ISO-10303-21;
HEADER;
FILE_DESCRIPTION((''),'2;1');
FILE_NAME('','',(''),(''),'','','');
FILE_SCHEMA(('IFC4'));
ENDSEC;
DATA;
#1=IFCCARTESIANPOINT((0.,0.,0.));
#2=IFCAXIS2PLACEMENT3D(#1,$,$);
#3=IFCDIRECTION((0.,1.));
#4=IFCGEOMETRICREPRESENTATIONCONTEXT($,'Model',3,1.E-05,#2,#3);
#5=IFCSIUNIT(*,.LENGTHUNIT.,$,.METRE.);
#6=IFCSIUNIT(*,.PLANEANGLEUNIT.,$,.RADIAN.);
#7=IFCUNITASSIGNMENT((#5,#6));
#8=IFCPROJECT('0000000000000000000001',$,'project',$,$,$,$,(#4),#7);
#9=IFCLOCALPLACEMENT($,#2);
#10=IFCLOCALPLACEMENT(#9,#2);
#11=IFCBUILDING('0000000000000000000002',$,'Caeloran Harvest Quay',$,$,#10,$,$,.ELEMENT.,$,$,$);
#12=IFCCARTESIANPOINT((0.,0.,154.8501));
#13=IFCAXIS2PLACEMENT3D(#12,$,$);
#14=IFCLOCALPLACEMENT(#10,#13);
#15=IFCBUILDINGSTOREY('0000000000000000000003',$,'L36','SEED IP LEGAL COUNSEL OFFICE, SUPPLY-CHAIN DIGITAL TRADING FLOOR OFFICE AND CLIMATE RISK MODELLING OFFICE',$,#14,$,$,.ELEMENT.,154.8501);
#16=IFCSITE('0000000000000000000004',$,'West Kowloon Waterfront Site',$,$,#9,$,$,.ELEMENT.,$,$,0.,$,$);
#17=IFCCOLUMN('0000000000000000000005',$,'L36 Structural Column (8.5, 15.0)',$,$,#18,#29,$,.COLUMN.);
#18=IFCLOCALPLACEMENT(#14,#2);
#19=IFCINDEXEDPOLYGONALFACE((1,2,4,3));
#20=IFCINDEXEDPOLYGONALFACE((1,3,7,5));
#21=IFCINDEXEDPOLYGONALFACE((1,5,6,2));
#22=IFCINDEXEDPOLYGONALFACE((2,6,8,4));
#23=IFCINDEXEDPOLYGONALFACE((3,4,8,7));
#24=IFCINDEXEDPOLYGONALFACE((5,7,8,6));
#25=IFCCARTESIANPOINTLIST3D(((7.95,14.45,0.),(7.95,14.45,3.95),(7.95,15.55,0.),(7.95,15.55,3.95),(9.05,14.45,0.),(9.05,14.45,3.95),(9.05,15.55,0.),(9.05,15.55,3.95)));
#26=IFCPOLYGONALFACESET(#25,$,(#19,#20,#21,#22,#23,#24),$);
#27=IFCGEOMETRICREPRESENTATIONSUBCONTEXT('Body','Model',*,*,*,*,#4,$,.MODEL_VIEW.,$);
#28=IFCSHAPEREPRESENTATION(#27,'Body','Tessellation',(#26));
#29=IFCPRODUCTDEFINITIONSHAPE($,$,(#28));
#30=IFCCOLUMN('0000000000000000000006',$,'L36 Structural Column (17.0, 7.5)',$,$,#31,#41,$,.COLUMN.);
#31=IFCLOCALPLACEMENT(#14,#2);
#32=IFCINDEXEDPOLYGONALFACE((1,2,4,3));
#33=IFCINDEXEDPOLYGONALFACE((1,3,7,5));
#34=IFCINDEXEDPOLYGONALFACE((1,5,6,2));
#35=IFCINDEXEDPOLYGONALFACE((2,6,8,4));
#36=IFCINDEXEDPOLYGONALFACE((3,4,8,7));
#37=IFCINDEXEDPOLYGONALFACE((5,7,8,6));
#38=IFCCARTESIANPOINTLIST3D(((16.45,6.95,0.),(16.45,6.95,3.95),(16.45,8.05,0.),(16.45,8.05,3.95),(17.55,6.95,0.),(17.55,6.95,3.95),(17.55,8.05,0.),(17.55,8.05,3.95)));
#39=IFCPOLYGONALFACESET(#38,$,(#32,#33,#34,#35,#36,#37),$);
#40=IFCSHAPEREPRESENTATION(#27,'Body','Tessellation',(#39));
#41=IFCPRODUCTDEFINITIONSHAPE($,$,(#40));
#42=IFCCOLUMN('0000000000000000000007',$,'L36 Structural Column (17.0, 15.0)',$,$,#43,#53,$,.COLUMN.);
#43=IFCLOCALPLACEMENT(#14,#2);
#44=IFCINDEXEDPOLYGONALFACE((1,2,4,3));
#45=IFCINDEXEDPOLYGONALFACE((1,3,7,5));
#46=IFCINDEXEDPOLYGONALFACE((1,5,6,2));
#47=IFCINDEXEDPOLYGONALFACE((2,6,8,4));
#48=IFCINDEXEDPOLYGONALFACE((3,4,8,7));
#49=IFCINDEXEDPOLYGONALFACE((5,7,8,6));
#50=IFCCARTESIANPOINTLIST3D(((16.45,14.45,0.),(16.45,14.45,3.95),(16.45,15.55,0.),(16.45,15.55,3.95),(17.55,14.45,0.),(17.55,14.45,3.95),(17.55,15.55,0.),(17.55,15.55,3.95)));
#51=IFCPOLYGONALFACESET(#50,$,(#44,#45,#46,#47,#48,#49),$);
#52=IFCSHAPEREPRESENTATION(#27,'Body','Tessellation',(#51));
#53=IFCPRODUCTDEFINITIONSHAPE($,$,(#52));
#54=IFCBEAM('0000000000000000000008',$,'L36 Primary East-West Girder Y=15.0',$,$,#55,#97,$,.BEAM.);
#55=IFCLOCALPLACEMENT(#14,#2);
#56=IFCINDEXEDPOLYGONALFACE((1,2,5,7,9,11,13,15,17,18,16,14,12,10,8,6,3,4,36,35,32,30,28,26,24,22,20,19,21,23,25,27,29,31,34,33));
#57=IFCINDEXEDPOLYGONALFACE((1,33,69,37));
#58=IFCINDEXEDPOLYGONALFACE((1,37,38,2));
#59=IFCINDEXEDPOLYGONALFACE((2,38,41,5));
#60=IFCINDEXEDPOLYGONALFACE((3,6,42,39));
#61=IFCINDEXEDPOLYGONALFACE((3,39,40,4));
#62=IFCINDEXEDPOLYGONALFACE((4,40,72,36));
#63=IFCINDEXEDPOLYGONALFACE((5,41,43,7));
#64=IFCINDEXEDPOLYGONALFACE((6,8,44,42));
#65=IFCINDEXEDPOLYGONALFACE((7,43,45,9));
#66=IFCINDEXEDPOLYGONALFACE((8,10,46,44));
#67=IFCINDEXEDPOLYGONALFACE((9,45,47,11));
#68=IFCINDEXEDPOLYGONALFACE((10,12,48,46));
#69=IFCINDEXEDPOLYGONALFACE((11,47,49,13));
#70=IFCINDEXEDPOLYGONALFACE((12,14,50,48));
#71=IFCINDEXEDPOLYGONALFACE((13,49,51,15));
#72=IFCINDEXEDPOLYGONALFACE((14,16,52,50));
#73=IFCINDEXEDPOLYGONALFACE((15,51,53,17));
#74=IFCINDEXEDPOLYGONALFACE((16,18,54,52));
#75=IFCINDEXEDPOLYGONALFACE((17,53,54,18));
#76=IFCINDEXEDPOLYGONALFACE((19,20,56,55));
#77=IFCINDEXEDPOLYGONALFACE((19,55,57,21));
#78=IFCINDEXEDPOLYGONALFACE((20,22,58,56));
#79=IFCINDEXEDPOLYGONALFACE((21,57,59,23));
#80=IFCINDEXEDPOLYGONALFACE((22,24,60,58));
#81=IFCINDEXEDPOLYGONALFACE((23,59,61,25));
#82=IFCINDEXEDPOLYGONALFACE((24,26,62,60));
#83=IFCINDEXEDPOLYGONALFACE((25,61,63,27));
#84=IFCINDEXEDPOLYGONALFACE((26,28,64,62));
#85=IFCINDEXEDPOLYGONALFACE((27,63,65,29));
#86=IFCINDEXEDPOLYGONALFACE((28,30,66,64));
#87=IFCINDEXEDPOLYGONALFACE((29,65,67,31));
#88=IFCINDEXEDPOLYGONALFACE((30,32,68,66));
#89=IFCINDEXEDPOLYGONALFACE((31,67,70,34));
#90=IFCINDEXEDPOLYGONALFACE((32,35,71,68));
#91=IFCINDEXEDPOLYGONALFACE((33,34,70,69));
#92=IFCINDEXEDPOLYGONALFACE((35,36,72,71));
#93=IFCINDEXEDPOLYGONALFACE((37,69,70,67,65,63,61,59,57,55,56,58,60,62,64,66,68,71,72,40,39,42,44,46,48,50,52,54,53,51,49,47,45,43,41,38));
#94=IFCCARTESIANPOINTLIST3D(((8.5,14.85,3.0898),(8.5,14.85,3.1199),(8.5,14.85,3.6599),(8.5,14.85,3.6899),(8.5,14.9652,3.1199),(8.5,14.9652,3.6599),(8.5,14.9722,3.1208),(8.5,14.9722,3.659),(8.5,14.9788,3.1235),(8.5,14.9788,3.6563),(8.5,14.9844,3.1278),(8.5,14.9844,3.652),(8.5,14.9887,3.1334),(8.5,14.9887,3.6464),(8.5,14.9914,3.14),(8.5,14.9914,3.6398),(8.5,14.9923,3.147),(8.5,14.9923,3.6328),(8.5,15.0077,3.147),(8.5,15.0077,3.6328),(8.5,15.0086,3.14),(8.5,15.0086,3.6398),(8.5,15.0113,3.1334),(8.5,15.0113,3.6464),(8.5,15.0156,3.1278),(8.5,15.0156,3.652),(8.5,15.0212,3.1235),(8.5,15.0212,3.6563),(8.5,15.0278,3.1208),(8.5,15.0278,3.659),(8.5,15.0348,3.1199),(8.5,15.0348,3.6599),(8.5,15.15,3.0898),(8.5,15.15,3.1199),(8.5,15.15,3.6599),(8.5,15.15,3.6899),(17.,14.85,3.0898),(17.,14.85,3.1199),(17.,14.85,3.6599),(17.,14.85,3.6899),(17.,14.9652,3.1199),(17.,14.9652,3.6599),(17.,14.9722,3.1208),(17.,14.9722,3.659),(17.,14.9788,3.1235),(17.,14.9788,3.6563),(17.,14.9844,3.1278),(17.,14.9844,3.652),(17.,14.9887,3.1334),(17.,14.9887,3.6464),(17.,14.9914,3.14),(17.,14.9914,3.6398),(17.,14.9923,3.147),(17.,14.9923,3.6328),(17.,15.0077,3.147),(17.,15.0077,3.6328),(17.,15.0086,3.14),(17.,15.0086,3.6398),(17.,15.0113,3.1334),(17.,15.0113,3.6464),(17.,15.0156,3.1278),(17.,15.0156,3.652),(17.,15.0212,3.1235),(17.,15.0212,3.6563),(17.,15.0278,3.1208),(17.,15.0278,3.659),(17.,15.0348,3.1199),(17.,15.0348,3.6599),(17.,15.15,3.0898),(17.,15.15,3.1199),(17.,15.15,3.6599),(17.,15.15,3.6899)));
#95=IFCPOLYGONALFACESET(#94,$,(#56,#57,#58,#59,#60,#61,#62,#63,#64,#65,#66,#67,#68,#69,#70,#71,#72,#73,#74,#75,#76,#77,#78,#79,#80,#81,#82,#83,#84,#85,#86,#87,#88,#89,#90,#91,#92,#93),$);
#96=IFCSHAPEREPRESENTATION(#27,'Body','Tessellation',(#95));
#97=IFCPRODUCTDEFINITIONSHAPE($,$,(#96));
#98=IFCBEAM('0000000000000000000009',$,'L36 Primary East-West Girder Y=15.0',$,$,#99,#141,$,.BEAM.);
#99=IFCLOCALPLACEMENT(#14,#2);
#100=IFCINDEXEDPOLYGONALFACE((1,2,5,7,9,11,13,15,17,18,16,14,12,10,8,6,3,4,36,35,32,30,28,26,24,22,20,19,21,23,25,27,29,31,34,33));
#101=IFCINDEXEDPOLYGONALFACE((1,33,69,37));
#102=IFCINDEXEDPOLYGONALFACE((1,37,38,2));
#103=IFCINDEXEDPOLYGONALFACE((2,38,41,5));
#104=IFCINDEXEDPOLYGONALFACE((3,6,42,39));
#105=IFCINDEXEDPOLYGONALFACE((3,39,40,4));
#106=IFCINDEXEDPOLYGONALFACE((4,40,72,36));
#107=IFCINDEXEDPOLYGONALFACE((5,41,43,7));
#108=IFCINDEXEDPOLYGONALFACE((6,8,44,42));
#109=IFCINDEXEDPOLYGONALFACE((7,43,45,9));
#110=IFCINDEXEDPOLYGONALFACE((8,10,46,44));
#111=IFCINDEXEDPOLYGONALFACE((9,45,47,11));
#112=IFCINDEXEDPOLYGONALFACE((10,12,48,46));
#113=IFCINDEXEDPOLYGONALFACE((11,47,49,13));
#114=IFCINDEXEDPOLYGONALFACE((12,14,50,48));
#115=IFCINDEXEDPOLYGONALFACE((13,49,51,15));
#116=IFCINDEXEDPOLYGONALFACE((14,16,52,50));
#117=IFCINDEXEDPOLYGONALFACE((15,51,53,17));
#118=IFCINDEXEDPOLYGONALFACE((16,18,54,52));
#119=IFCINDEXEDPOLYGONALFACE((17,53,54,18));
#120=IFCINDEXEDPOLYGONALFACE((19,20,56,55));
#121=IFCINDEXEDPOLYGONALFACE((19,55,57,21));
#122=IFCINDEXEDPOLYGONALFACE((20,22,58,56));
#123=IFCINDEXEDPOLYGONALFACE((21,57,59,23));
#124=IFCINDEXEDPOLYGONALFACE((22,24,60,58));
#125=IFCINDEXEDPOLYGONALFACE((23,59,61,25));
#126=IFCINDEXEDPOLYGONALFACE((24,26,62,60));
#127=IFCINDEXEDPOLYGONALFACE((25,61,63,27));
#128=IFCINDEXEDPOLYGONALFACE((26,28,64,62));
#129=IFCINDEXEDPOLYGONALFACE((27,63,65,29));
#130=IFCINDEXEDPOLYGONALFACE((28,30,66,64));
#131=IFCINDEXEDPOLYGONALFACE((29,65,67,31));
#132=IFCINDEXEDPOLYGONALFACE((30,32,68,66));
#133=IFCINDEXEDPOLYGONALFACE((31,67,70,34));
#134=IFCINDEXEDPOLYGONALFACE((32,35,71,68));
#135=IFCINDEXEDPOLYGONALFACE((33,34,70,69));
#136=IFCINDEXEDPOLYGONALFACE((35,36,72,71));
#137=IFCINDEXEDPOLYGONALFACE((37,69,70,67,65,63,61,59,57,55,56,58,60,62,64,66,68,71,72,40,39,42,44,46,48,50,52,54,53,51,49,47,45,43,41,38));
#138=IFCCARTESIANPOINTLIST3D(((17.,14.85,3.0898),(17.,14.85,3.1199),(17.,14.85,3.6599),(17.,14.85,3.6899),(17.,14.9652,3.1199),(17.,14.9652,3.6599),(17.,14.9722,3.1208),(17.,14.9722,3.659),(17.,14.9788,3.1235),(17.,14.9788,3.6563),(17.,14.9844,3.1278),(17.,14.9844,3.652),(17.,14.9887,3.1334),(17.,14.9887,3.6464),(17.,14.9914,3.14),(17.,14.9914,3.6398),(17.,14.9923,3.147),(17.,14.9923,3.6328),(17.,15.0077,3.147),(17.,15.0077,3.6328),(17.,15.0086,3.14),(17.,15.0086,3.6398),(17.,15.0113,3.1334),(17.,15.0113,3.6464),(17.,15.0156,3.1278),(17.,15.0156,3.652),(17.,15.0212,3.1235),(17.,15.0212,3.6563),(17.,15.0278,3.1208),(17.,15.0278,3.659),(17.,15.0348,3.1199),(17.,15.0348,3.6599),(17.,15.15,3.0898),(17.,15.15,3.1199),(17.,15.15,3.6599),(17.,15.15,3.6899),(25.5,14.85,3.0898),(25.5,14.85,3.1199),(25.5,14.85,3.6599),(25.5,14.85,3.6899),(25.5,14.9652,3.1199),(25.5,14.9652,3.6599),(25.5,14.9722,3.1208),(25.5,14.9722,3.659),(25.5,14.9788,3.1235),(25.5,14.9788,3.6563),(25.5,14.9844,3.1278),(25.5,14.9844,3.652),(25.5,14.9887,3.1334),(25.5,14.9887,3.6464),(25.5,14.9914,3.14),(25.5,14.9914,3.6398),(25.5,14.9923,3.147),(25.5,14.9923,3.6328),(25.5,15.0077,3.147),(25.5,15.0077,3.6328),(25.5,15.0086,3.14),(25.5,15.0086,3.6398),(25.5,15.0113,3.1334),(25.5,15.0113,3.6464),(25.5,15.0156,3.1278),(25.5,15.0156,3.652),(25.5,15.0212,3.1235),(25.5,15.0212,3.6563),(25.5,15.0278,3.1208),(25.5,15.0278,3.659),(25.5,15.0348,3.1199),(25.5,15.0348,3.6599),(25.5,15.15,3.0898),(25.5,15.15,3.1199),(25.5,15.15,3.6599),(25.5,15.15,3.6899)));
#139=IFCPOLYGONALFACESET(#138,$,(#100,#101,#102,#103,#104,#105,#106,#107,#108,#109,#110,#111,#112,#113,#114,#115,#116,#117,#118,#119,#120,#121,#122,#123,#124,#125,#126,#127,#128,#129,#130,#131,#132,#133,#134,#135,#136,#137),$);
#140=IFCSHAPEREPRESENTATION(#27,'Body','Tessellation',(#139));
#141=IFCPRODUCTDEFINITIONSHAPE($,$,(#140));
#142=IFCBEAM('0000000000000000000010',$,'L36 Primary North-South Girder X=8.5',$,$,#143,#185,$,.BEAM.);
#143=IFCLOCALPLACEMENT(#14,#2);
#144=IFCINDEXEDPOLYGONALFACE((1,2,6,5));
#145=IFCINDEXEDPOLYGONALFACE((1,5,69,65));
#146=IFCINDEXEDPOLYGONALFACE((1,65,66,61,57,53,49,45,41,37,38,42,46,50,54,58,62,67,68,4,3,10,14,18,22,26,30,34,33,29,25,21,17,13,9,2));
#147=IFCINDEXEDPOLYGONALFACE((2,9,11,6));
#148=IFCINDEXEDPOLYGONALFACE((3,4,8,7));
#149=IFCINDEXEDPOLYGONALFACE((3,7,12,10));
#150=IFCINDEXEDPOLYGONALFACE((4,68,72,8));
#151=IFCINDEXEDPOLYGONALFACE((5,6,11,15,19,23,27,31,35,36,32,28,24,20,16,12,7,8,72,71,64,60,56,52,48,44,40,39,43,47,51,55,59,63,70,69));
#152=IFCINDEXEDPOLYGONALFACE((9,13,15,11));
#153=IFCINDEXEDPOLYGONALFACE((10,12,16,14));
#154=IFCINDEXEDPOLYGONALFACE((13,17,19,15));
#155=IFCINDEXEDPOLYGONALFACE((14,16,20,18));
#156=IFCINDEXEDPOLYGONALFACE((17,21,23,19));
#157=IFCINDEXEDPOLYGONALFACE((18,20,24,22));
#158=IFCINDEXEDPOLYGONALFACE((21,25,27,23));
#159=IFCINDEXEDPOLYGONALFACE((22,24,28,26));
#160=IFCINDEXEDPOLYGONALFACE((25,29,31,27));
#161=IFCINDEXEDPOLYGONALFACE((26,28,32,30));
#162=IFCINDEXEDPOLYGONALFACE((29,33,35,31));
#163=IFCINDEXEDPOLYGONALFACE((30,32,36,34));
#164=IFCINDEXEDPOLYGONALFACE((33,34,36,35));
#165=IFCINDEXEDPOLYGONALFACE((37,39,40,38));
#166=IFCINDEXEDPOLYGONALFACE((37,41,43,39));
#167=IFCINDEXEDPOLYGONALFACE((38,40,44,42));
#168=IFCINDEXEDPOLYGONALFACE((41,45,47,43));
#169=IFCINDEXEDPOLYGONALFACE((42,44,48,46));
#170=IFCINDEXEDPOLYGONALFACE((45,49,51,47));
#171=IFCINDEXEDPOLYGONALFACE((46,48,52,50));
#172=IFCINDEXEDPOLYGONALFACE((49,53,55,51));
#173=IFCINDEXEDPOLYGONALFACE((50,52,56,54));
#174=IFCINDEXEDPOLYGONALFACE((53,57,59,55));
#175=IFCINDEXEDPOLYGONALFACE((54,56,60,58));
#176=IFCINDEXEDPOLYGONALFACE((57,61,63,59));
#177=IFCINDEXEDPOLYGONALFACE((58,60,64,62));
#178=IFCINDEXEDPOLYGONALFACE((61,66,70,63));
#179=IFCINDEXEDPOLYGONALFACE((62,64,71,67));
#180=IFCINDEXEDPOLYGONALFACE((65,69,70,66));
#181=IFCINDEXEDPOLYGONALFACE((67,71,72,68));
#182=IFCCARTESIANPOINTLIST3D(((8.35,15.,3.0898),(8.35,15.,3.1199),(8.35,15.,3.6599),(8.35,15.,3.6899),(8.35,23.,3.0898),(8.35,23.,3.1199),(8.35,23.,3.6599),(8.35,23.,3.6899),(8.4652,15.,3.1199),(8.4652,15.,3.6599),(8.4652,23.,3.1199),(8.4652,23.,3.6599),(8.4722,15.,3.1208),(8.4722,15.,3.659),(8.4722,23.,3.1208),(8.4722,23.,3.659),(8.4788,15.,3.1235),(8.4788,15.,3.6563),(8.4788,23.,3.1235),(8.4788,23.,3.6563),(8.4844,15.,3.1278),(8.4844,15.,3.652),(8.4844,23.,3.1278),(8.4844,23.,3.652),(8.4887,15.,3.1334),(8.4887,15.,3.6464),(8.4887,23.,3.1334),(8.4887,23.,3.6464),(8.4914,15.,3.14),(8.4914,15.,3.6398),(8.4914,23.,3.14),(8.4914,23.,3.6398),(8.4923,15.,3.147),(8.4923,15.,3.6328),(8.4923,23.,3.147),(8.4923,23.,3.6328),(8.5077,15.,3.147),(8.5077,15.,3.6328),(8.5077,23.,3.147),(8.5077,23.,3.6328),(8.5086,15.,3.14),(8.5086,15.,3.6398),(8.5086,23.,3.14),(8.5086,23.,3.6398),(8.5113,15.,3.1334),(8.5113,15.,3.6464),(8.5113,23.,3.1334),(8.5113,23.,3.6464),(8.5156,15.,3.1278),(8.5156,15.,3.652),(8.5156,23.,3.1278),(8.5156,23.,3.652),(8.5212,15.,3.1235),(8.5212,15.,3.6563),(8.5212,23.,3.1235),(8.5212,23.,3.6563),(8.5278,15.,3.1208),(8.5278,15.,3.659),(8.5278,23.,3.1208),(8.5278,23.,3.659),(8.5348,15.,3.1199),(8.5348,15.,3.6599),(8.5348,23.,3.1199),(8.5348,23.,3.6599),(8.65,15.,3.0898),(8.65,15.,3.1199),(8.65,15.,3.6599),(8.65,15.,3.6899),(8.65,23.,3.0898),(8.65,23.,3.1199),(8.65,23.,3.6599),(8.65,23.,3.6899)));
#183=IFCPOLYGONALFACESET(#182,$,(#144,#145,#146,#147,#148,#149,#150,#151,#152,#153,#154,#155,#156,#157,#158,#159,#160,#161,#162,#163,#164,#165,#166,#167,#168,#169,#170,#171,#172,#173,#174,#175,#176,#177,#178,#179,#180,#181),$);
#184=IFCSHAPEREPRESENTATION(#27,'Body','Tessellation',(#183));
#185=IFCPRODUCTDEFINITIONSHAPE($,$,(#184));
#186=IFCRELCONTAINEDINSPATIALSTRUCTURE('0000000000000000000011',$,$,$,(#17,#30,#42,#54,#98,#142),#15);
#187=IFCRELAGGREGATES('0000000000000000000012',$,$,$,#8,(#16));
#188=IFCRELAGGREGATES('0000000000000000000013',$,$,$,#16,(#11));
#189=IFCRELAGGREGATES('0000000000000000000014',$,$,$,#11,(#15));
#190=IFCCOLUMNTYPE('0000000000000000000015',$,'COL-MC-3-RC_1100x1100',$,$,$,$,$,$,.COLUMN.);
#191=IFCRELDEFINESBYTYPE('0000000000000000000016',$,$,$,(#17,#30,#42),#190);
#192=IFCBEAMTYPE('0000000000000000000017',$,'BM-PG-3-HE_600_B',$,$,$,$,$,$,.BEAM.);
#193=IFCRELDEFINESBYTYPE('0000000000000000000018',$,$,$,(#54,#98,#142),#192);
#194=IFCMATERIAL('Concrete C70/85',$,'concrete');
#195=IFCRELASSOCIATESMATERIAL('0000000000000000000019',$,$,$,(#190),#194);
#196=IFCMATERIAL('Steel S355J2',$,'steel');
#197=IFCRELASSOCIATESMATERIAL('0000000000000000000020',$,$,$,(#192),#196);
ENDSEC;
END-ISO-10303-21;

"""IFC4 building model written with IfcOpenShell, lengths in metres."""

from ifc_helpers import new_model, si_unit, direction, frame, origin, origin_2d, place, context, subcontext, project, spatial, rectangle, i_section, extrude, material, material_profile, profile_set, type_object, element, save


model = new_model("IFC4")

# Units and contexts
model_context = context("Model", 3, precision=1e-05, world=origin(), true_north=direction((0.0, 1.0)))
body_context = subcontext(model_context, "Body", "Model", "MODEL_VIEW")
ifc_project = project(units=[si_unit("LENGTHUNIT", "METRE"), si_unit("PLANEANGLEUNIT", "RADIAN")], contexts=[model_context])

# Site, building, storey
site_placement = place(None, origin())
site = spatial("IfcSite", under=ifc_project, at=site_placement, Name="West Kowloon Waterfront Site", CompositionType="ELEMENT", RefElevation=0.0)
building_placement = place(site_placement, origin())
building = spatial("IfcBuilding", under=site, at=building_placement, Name="Caeloran Harvest Quay", CompositionType="ELEMENT")
storey_placement = place(building_placement, frame((0.0, 0.0, 154.8501)))
storey = spatial("IfcBuildingStorey", under=building, at=storey_placement, Name="L36", Description="SEED IP LEGAL COUNSEL OFFICE, SUPPLY-CHAIN DIGITAL TRADING FLOOR OFFICE AND CLIMATE RISK MODELLING OFFICE", CompositionType="ELEMENT", Elevation=154.8501)

# Columns
ifc_material_1 = material(Name="Concrete C70/85", Category="concrete")
ifc_material_profile_1 = material_profile(ifc_material_1, rectangle(XDim=1.1001, YDim=1.1001, at=origin_2d()), Name="RC 1100x1100")
ifc_profile_set_1 = profile_set([ifc_material_profile_1], Name="Concrete C70/85")
column_type = type_object("IfcColumnType", Name="COL-MC-3-RC_1100x1100", PredefinedType="COLUMN", material=ifc_profile_set_1)
for number, where, z_axis, x_axis, name in (
    (1, (8.5, 15.0, 0.0), (0.0, 0.0, 1.0), (1.0, 0.0, 0.0), "L36 Structural Column (8.5, 15.0)"),
    (2, (17.0, 7.5, 0.0), (0.0, 0.0, 1.0), (1.0, 0.0, 0.0), "L36 Structural Column (17.0, 7.5)"),
    (3, (17.0, 15.0, 0.0), (0.0, 0.0, 1.0), (1.0, 0.0, 0.0), "L36 Structural Column (17.0, 15.0)"),
):
    element("IfcColumn", number, at=place(storey_placement, frame(where, z_axis=z_axis, x_axis=x_axis)), inside=storey, type_object=column_type, Name=name, PredefinedType="COLUMN", context=body_context, shape_type="SweptSolid", body=[
        extrude(rectangle(XDim=1.1001, YDim=1.1001, at=origin_2d()), origin(), (0.0, 0.0, 1.0), 3.95),
    ])

# Beams
ifc_material_2 = material(Name="Steel S355J2", Category="steel")
ifc_material_profile_2 = material_profile(ifc_material_2, i_section(OverallWidth=0.3, OverallDepth=0.6001, WebThickness=0.0154, FlangeThickness=0.03, FilletRadius=0.0271, at=origin_2d()), Name="HE 600 B")
ifc_profile_set_2 = profile_set([ifc_material_profile_2], Name="Steel S355J2")
beam_type_1 = type_object("IfcBeamType", Name="BM-PG-3-HE_600_B", PredefinedType="BEAM", material=ifc_profile_set_2)
for number, where, z_axis, x_axis, name in (
    (4, (8.5, 15.0, 3.3899), (1.0, 0.0, 0.0), (0.0, 1.0, 0.0), "L36 Primary East-West Girder Y=15.0"),
    (5, (17.0, 15.0, 3.3899), (1.0, 0.0, 0.0), (0.0, 1.0, 0.0), "L36 Primary East-West Girder Y=15.0"),
):
    element("IfcBeam", number, at=place(storey_placement, frame(where, z_axis=z_axis, x_axis=x_axis)), inside=storey, type_object=beam_type_1, Name=name, PredefinedType="BEAM", context=body_context, shape_type="SweptSolid", body=[
        extrude(i_section(OverallWidth=0.3, OverallDepth=0.6001, WebThickness=0.0154, FlangeThickness=0.03, FilletRadius=0.0271, at=origin_2d()), origin(), (0.0, 0.0, 1.0), 8.5),
    ])
beam_1_placement = place(storey_placement, frame((8.5, 15.0, 3.3899), z_axis=(0.0, 1.0, 0.0), x_axis=(-1.0, 0.0, 0.0)))
element("IfcBeam", 6, at=beam_1_placement, inside=storey, type_object=beam_type_1, Name="L36 Primary North-South Girder X=8.5", PredefinedType="BEAM", context=body_context, shape_type="SweptSolid", body=[
    extrude(i_section(OverallWidth=0.3, OverallDepth=0.6001, WebThickness=0.0154, FlangeThickness=0.03, FilletRadius=0.0271, at=origin_2d()), origin(), (0.0, 0.0, 1.0), 8.0),
])

save(model, "model.ifc")
